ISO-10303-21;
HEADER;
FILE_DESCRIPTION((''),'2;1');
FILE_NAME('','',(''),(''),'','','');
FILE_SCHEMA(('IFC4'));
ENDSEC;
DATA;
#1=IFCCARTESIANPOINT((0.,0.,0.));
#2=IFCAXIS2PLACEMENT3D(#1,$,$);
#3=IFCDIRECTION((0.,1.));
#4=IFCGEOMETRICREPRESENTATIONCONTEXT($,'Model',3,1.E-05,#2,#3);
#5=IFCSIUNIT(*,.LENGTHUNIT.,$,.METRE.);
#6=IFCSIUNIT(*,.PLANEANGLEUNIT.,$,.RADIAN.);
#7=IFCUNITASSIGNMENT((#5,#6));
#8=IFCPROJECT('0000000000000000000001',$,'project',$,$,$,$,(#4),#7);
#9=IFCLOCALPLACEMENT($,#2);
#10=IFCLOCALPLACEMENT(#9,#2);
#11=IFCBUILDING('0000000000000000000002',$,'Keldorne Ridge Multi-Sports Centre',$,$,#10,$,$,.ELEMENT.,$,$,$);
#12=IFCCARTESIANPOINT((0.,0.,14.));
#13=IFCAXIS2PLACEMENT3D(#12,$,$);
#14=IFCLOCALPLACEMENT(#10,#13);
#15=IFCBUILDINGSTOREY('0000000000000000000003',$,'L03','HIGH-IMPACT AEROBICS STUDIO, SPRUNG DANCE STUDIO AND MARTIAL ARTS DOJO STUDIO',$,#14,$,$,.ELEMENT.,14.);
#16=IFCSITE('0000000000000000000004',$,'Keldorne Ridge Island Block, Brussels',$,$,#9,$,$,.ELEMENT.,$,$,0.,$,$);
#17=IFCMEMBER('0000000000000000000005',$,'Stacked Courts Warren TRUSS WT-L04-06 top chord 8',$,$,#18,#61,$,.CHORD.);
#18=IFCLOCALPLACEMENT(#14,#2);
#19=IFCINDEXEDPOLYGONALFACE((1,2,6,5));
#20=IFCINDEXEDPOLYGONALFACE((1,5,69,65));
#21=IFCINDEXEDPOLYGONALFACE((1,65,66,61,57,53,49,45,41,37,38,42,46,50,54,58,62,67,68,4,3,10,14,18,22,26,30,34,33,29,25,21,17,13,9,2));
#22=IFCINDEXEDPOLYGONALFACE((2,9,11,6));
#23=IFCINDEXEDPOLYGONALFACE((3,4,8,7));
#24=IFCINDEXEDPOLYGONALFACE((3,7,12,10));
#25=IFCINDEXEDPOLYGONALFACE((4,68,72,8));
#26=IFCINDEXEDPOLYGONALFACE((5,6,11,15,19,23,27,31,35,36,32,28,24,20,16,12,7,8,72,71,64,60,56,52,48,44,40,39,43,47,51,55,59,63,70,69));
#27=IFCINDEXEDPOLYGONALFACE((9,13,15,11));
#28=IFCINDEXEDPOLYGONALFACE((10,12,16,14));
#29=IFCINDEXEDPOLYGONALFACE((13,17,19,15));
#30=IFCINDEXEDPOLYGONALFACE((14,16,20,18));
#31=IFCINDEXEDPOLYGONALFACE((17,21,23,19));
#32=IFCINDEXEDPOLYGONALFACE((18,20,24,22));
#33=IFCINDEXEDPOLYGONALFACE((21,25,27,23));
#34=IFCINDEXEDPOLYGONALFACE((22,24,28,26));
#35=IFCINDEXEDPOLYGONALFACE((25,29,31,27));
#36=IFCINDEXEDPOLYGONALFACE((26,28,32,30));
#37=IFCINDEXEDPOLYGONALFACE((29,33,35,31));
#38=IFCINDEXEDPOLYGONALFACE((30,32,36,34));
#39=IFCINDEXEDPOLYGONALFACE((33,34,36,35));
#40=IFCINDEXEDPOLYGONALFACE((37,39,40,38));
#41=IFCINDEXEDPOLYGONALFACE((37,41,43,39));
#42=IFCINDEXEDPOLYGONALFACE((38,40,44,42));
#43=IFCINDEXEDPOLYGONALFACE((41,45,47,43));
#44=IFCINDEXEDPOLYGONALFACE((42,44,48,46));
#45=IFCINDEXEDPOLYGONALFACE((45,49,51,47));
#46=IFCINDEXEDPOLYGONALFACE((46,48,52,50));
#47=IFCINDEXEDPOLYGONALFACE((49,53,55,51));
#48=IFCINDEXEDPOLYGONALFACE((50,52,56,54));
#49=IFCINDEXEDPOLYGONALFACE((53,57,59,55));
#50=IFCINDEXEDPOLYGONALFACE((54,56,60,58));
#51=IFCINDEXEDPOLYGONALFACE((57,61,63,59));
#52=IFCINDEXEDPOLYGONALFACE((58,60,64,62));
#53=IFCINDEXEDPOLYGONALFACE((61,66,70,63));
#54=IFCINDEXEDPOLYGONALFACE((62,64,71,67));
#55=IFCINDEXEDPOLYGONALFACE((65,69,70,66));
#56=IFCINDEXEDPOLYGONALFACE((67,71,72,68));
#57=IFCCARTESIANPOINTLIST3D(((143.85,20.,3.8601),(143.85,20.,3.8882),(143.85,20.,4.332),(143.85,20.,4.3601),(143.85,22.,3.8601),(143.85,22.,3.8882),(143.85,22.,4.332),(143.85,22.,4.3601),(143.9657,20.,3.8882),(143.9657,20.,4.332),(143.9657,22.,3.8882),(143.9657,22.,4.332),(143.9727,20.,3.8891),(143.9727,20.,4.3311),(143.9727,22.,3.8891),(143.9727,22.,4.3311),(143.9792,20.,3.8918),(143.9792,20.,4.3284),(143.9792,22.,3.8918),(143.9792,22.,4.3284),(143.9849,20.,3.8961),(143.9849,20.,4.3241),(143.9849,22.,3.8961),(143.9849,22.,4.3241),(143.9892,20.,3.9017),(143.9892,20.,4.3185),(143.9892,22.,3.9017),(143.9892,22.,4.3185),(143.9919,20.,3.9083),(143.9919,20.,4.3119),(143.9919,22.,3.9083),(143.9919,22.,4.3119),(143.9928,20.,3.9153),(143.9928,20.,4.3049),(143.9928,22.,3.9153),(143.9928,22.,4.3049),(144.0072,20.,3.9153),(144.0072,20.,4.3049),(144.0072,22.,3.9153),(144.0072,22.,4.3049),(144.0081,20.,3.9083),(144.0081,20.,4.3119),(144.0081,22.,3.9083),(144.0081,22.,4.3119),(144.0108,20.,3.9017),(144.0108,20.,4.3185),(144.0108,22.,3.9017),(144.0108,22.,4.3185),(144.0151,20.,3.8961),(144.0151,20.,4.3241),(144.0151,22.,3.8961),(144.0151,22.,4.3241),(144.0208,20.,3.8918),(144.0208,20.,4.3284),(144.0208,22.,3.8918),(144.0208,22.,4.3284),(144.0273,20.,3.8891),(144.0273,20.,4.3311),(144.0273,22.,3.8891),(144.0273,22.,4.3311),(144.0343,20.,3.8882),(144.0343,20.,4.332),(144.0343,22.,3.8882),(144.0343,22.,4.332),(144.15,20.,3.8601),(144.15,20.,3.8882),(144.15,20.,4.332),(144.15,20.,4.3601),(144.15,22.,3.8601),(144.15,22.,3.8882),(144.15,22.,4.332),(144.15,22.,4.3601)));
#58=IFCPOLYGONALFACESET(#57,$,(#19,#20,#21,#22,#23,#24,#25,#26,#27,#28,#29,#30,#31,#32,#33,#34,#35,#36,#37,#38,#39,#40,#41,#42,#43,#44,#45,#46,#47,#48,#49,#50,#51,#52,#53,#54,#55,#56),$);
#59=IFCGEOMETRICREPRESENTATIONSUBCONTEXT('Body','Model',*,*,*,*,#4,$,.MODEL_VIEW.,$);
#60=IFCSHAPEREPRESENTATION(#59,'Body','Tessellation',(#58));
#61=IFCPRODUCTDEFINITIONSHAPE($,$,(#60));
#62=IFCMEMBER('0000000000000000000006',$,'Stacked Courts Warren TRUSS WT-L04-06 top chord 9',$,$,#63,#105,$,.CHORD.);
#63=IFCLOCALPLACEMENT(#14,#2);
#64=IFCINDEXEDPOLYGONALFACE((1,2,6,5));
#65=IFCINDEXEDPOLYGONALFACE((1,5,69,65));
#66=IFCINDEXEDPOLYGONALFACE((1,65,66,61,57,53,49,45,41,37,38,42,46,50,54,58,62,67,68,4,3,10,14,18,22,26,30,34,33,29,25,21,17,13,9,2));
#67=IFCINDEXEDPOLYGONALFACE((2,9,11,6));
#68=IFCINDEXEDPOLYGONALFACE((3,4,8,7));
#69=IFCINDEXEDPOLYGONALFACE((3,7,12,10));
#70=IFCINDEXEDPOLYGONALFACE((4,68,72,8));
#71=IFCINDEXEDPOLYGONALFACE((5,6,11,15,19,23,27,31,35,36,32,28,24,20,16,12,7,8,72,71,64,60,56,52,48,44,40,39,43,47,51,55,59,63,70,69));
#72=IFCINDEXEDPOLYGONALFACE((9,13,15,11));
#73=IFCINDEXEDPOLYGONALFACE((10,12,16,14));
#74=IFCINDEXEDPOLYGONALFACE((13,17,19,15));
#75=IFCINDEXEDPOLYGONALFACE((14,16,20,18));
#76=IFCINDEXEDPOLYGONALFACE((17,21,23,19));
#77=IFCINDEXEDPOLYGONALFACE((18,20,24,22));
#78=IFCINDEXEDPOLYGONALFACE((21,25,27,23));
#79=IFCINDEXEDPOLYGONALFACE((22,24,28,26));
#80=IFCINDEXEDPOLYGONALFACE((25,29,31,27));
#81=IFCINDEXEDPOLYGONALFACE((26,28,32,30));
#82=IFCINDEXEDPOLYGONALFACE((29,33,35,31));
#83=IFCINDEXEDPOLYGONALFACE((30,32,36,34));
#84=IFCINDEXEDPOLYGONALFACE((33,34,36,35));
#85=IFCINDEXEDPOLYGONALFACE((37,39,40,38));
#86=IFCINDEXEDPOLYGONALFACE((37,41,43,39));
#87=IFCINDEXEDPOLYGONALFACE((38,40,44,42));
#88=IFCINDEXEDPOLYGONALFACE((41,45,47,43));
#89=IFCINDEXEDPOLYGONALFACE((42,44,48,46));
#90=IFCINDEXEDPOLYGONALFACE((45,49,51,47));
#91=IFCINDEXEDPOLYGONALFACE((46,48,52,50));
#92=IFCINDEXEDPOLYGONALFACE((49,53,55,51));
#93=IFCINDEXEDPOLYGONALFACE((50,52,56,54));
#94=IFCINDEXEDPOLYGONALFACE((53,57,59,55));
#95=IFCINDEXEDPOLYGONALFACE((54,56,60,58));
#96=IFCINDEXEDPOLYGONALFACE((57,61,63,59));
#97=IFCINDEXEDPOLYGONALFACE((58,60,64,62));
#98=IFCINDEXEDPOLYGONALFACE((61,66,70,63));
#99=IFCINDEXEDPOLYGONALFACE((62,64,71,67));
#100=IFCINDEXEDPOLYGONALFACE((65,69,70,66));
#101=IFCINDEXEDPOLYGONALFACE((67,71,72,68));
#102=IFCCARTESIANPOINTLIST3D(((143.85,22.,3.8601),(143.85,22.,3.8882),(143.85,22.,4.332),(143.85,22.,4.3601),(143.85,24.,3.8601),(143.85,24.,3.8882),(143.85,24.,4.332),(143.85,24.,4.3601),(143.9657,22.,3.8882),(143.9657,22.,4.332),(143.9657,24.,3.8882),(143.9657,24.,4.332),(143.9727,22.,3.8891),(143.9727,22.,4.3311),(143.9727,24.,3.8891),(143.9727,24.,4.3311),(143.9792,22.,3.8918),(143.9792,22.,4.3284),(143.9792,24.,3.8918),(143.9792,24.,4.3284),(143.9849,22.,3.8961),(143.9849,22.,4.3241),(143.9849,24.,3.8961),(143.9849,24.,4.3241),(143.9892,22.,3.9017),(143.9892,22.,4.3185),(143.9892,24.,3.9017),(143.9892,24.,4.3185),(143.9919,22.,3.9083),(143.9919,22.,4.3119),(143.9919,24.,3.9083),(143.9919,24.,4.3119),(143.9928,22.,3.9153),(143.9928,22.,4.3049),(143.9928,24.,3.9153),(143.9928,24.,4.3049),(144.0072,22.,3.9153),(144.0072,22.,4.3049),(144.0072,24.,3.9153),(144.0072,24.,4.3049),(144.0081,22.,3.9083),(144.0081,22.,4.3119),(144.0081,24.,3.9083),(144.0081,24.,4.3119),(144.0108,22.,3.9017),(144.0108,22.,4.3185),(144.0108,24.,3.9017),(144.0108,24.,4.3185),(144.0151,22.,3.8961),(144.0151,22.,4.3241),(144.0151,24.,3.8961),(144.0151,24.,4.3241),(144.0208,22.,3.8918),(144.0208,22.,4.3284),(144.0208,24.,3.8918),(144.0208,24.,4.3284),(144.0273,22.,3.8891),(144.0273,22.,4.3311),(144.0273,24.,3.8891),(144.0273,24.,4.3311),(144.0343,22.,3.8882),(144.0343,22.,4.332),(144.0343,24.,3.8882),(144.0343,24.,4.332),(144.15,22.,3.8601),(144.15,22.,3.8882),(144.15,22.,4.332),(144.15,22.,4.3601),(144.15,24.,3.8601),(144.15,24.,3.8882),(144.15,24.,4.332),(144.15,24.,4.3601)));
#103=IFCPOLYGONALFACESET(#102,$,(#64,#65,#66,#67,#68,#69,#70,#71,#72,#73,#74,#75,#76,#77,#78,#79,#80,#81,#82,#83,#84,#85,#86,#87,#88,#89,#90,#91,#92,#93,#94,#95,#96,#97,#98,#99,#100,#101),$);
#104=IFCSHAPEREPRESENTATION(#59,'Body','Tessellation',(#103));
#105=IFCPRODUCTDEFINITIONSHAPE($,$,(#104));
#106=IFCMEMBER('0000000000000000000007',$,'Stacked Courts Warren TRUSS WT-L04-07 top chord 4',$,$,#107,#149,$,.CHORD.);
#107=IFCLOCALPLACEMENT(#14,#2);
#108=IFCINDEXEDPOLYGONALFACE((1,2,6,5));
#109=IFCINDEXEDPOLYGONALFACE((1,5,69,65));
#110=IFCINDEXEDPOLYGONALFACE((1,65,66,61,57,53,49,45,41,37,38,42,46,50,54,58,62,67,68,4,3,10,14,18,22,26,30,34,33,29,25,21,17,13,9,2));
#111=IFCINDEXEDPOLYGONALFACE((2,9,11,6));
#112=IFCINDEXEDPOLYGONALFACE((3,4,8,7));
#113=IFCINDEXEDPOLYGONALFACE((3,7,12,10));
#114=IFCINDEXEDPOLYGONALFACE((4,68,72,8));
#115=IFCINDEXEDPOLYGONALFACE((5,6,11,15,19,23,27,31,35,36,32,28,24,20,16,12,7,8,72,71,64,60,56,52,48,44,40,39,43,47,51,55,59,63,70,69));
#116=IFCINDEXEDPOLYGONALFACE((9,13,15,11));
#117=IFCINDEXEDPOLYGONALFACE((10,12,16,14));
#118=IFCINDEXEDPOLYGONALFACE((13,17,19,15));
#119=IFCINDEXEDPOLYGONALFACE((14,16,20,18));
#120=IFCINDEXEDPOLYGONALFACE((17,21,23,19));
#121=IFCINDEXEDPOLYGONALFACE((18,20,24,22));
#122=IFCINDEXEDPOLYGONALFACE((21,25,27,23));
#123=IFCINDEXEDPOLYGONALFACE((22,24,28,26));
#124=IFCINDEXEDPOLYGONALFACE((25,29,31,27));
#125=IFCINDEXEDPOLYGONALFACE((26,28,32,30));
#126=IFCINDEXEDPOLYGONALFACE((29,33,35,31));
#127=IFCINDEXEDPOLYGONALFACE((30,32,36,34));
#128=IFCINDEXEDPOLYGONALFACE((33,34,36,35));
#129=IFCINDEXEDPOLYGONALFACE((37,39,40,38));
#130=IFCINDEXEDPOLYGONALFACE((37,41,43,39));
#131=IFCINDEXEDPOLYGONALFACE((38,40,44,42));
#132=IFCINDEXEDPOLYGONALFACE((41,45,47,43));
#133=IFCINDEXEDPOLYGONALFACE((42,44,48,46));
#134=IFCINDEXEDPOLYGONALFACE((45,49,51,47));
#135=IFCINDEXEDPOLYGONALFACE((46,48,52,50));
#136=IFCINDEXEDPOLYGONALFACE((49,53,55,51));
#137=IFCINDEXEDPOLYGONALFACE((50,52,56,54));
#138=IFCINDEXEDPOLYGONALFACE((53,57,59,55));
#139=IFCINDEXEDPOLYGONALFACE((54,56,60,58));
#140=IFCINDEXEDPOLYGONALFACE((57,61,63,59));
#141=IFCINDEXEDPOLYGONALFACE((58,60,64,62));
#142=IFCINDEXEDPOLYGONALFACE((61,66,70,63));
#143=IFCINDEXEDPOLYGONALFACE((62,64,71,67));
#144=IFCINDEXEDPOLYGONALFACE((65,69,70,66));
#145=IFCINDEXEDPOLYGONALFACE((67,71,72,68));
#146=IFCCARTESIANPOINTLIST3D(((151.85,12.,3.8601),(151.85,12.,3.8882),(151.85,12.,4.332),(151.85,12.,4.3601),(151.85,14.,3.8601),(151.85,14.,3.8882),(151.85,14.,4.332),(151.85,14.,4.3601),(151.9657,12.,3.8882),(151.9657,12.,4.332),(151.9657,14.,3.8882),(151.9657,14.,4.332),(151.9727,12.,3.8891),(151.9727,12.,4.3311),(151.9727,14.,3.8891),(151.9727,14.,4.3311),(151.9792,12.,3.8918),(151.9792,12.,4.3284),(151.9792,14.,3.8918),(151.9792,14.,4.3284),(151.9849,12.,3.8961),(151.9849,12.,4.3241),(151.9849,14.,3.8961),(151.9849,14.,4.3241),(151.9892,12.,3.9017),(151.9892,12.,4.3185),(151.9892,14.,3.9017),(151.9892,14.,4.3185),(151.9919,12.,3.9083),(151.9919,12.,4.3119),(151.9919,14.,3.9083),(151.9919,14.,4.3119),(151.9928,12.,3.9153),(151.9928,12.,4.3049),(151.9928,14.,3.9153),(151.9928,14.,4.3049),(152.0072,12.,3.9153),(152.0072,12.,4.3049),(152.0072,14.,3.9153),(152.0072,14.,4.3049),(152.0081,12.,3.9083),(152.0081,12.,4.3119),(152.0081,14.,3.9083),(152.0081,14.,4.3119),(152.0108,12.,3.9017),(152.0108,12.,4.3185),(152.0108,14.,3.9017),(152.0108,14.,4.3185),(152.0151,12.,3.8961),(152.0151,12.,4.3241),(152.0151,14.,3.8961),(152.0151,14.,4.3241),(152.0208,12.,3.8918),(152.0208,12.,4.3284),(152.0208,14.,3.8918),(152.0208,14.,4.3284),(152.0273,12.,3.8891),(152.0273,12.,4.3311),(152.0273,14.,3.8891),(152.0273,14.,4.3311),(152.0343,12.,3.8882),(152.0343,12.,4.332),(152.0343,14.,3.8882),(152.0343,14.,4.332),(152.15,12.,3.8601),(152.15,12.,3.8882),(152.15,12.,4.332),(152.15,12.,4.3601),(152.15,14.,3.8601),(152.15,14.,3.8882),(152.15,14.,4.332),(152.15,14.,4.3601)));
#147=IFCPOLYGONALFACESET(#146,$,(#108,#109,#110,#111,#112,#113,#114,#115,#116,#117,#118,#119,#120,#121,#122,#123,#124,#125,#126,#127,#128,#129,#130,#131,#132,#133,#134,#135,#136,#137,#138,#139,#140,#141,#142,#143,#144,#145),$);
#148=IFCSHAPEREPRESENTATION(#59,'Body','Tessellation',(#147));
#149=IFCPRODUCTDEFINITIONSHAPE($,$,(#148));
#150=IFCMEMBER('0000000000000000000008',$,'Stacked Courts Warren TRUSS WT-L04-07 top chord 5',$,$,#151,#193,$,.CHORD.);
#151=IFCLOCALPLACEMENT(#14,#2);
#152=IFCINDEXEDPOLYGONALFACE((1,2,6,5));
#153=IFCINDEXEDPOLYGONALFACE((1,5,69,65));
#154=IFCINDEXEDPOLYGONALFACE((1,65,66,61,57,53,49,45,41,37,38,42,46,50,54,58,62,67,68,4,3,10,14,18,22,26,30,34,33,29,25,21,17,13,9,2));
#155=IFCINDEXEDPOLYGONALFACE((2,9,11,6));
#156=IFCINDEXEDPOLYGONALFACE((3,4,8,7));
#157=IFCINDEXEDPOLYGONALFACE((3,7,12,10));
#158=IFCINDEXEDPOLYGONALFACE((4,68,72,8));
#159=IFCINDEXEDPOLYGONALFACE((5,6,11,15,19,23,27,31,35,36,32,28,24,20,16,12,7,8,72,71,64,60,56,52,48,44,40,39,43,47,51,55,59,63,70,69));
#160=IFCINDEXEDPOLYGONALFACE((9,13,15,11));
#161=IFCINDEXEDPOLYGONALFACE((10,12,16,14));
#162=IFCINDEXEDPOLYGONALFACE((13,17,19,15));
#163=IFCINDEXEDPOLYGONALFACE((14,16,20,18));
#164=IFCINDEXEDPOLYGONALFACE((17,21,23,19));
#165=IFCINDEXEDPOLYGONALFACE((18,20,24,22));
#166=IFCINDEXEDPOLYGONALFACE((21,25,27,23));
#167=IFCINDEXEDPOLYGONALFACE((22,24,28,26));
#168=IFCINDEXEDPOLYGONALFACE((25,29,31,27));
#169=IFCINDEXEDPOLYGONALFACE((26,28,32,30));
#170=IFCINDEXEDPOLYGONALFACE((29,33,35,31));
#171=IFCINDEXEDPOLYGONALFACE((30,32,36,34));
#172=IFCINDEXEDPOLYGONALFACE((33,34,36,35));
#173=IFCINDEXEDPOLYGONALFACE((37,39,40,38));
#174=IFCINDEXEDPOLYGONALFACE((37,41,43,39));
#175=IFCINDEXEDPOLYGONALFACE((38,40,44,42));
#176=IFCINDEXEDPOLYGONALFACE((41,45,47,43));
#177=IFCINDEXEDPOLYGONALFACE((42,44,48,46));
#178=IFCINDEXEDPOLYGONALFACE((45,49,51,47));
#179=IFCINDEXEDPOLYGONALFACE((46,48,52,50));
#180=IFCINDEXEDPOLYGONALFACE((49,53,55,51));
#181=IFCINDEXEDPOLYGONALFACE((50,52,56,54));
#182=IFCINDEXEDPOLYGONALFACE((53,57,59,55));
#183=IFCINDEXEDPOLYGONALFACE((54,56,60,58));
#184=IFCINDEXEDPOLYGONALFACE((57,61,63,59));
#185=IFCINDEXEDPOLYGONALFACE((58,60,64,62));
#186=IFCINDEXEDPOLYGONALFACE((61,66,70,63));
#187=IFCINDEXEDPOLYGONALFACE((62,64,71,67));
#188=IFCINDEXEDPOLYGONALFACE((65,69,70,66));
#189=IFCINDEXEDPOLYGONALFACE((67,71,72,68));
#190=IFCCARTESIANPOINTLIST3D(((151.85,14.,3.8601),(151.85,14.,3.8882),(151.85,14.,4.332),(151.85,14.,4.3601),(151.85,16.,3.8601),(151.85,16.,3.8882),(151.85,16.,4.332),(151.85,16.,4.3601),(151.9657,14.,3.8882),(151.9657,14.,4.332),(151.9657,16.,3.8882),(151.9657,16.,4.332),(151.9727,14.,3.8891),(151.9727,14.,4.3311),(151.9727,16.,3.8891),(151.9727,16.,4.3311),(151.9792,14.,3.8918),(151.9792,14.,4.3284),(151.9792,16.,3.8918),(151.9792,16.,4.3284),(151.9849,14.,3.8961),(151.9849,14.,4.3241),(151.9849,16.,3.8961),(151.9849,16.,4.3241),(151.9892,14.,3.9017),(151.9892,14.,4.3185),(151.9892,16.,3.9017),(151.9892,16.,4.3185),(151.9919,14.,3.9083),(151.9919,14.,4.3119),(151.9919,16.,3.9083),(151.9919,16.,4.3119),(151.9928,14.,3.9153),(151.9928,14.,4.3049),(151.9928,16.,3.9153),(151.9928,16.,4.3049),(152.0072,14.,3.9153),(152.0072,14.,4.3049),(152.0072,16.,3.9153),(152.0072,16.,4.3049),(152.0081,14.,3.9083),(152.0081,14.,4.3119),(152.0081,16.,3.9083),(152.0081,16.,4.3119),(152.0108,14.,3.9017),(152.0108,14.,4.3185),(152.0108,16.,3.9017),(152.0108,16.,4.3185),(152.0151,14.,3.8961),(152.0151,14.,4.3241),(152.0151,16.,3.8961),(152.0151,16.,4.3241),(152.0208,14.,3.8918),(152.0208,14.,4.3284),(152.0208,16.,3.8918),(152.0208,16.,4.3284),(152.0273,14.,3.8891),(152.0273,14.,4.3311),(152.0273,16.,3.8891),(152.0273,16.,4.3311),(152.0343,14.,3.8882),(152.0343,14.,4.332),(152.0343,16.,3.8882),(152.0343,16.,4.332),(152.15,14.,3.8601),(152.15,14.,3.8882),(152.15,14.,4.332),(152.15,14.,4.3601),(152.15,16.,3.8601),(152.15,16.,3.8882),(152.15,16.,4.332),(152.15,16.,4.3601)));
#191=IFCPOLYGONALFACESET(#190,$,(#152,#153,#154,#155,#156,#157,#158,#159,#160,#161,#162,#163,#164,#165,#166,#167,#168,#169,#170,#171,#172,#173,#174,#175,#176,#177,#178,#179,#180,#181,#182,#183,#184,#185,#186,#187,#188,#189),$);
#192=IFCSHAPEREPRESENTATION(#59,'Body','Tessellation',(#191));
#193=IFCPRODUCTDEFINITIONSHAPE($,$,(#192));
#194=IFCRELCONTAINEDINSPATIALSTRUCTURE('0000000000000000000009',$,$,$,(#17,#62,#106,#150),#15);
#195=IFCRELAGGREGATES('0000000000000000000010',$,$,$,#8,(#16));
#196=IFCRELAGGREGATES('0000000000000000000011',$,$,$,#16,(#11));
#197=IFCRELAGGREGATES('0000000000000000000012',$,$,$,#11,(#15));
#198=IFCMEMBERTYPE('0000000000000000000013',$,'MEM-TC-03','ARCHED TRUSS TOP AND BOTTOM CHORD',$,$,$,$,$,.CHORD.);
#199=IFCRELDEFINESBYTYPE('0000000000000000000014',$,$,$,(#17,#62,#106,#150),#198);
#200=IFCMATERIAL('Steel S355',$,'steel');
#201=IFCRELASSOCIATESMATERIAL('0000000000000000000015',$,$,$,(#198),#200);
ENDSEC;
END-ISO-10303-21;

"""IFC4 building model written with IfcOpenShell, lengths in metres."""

from ifc_helpers import new_model, si_unit, direction, frame, origin, origin_2d, place, context, subcontext, project, spatial, i_section, extrude, material, material_profile, profile_set, type_object, element, save


model = new_model("IFC4")

# Units and contexts
model_context = context("Model", 3, precision=1e-05, world=origin(), true_north=direction((0.0, 1.0)))
body_context = subcontext(model_context, "Body", "Model", "MODEL_VIEW")
ifc_project = project(units=[si_unit("LENGTHUNIT", "METRE"), si_unit("PLANEANGLEUNIT", "RADIAN")], contexts=[model_context])

# Site, building, storey
site_placement = place(None, origin())
site = spatial("IfcSite", under=ifc_project, at=site_placement, Name="Keldorne Ridge Island Block, Brussels", CompositionType="ELEMENT", RefElevation=0.0)
building_placement = place(site_placement, origin())
building = spatial("IfcBuilding", under=site, at=building_placement, Name="Keldorne Ridge Multi-Sports Centre", CompositionType="ELEMENT")
storey_placement = place(building_placement, frame((0.0, 0.0, 14.0)))
storey = spatial("IfcBuildingStorey", under=building, at=storey_placement, Name="L03", Description="HIGH-IMPACT AEROBICS STUDIO, SPRUNG DANCE STUDIO AND MARTIAL ARTS DOJO STUDIO", CompositionType="ELEMENT", Elevation=14.0)

# Members
ifc_material = material(Name="Steel S355", Category="steel")
ifc_material_profile_1 = material_profile(ifc_material, i_section(OverallWidth=0.3, OverallDepth=0.5, WebThickness=0.0144, FlangeThickness=0.0281, FilletRadius=0.0271, at=origin_2d()), Name="HEB 500")
ifc_profile_set_1 = profile_set([ifc_material_profile_1], Name="Steel S355")
member_type_1 = type_object("IfcMemberType", Name="MEM-TC-03", Description="ARCHED TRUSS TOP AND BOTTOM CHORD", PredefinedType="CHORD", material=ifc_profile_set_1)
for number, where, z_axis, x_axis, name in (
    (1, (144.0, 20.0, 4.1101), (0.0, 1.0, 0.0), (-1.0, 0.0, 0.0), "Stacked Courts Warren TRUSS WT-L04-06 top chord 8"),
    (2, (144.0, 22.0, 4.1101), (0.0, 1.0, 0.0), (-1.0, 0.0, 0.0), "Stacked Courts Warren TRUSS WT-L04-06 top chord 9"),
    (3, (152.0, 12.0, 4.1101), (0.0, 1.0, 0.0), (-1.0, 0.0, 0.0), "Stacked Courts Warren TRUSS WT-L04-07 top chord 4"),
    (4, (152.0, 14.0, 4.1101), (0.0, 1.0, 0.0), (-1.0, 0.0, 0.0), "Stacked Courts Warren TRUSS WT-L04-07 top chord 5"),
):
    element("IfcMember", number, at=place(storey_placement, frame(where, z_axis=z_axis, x_axis=x_axis)), inside=storey, type_object=member_type_1, Name=name, PredefinedType="CHORD", context=body_context, shape_type="SweptSolid", body=[
        extrude(i_section(OverallWidth=0.3, OverallDepth=0.5, WebThickness=0.0144, FlangeThickness=0.0281, FilletRadius=0.0271, at=origin_2d()), origin(), (0.0, 0.0, 1.0), 2.0),
    ])

save(model, "model.ifc")
